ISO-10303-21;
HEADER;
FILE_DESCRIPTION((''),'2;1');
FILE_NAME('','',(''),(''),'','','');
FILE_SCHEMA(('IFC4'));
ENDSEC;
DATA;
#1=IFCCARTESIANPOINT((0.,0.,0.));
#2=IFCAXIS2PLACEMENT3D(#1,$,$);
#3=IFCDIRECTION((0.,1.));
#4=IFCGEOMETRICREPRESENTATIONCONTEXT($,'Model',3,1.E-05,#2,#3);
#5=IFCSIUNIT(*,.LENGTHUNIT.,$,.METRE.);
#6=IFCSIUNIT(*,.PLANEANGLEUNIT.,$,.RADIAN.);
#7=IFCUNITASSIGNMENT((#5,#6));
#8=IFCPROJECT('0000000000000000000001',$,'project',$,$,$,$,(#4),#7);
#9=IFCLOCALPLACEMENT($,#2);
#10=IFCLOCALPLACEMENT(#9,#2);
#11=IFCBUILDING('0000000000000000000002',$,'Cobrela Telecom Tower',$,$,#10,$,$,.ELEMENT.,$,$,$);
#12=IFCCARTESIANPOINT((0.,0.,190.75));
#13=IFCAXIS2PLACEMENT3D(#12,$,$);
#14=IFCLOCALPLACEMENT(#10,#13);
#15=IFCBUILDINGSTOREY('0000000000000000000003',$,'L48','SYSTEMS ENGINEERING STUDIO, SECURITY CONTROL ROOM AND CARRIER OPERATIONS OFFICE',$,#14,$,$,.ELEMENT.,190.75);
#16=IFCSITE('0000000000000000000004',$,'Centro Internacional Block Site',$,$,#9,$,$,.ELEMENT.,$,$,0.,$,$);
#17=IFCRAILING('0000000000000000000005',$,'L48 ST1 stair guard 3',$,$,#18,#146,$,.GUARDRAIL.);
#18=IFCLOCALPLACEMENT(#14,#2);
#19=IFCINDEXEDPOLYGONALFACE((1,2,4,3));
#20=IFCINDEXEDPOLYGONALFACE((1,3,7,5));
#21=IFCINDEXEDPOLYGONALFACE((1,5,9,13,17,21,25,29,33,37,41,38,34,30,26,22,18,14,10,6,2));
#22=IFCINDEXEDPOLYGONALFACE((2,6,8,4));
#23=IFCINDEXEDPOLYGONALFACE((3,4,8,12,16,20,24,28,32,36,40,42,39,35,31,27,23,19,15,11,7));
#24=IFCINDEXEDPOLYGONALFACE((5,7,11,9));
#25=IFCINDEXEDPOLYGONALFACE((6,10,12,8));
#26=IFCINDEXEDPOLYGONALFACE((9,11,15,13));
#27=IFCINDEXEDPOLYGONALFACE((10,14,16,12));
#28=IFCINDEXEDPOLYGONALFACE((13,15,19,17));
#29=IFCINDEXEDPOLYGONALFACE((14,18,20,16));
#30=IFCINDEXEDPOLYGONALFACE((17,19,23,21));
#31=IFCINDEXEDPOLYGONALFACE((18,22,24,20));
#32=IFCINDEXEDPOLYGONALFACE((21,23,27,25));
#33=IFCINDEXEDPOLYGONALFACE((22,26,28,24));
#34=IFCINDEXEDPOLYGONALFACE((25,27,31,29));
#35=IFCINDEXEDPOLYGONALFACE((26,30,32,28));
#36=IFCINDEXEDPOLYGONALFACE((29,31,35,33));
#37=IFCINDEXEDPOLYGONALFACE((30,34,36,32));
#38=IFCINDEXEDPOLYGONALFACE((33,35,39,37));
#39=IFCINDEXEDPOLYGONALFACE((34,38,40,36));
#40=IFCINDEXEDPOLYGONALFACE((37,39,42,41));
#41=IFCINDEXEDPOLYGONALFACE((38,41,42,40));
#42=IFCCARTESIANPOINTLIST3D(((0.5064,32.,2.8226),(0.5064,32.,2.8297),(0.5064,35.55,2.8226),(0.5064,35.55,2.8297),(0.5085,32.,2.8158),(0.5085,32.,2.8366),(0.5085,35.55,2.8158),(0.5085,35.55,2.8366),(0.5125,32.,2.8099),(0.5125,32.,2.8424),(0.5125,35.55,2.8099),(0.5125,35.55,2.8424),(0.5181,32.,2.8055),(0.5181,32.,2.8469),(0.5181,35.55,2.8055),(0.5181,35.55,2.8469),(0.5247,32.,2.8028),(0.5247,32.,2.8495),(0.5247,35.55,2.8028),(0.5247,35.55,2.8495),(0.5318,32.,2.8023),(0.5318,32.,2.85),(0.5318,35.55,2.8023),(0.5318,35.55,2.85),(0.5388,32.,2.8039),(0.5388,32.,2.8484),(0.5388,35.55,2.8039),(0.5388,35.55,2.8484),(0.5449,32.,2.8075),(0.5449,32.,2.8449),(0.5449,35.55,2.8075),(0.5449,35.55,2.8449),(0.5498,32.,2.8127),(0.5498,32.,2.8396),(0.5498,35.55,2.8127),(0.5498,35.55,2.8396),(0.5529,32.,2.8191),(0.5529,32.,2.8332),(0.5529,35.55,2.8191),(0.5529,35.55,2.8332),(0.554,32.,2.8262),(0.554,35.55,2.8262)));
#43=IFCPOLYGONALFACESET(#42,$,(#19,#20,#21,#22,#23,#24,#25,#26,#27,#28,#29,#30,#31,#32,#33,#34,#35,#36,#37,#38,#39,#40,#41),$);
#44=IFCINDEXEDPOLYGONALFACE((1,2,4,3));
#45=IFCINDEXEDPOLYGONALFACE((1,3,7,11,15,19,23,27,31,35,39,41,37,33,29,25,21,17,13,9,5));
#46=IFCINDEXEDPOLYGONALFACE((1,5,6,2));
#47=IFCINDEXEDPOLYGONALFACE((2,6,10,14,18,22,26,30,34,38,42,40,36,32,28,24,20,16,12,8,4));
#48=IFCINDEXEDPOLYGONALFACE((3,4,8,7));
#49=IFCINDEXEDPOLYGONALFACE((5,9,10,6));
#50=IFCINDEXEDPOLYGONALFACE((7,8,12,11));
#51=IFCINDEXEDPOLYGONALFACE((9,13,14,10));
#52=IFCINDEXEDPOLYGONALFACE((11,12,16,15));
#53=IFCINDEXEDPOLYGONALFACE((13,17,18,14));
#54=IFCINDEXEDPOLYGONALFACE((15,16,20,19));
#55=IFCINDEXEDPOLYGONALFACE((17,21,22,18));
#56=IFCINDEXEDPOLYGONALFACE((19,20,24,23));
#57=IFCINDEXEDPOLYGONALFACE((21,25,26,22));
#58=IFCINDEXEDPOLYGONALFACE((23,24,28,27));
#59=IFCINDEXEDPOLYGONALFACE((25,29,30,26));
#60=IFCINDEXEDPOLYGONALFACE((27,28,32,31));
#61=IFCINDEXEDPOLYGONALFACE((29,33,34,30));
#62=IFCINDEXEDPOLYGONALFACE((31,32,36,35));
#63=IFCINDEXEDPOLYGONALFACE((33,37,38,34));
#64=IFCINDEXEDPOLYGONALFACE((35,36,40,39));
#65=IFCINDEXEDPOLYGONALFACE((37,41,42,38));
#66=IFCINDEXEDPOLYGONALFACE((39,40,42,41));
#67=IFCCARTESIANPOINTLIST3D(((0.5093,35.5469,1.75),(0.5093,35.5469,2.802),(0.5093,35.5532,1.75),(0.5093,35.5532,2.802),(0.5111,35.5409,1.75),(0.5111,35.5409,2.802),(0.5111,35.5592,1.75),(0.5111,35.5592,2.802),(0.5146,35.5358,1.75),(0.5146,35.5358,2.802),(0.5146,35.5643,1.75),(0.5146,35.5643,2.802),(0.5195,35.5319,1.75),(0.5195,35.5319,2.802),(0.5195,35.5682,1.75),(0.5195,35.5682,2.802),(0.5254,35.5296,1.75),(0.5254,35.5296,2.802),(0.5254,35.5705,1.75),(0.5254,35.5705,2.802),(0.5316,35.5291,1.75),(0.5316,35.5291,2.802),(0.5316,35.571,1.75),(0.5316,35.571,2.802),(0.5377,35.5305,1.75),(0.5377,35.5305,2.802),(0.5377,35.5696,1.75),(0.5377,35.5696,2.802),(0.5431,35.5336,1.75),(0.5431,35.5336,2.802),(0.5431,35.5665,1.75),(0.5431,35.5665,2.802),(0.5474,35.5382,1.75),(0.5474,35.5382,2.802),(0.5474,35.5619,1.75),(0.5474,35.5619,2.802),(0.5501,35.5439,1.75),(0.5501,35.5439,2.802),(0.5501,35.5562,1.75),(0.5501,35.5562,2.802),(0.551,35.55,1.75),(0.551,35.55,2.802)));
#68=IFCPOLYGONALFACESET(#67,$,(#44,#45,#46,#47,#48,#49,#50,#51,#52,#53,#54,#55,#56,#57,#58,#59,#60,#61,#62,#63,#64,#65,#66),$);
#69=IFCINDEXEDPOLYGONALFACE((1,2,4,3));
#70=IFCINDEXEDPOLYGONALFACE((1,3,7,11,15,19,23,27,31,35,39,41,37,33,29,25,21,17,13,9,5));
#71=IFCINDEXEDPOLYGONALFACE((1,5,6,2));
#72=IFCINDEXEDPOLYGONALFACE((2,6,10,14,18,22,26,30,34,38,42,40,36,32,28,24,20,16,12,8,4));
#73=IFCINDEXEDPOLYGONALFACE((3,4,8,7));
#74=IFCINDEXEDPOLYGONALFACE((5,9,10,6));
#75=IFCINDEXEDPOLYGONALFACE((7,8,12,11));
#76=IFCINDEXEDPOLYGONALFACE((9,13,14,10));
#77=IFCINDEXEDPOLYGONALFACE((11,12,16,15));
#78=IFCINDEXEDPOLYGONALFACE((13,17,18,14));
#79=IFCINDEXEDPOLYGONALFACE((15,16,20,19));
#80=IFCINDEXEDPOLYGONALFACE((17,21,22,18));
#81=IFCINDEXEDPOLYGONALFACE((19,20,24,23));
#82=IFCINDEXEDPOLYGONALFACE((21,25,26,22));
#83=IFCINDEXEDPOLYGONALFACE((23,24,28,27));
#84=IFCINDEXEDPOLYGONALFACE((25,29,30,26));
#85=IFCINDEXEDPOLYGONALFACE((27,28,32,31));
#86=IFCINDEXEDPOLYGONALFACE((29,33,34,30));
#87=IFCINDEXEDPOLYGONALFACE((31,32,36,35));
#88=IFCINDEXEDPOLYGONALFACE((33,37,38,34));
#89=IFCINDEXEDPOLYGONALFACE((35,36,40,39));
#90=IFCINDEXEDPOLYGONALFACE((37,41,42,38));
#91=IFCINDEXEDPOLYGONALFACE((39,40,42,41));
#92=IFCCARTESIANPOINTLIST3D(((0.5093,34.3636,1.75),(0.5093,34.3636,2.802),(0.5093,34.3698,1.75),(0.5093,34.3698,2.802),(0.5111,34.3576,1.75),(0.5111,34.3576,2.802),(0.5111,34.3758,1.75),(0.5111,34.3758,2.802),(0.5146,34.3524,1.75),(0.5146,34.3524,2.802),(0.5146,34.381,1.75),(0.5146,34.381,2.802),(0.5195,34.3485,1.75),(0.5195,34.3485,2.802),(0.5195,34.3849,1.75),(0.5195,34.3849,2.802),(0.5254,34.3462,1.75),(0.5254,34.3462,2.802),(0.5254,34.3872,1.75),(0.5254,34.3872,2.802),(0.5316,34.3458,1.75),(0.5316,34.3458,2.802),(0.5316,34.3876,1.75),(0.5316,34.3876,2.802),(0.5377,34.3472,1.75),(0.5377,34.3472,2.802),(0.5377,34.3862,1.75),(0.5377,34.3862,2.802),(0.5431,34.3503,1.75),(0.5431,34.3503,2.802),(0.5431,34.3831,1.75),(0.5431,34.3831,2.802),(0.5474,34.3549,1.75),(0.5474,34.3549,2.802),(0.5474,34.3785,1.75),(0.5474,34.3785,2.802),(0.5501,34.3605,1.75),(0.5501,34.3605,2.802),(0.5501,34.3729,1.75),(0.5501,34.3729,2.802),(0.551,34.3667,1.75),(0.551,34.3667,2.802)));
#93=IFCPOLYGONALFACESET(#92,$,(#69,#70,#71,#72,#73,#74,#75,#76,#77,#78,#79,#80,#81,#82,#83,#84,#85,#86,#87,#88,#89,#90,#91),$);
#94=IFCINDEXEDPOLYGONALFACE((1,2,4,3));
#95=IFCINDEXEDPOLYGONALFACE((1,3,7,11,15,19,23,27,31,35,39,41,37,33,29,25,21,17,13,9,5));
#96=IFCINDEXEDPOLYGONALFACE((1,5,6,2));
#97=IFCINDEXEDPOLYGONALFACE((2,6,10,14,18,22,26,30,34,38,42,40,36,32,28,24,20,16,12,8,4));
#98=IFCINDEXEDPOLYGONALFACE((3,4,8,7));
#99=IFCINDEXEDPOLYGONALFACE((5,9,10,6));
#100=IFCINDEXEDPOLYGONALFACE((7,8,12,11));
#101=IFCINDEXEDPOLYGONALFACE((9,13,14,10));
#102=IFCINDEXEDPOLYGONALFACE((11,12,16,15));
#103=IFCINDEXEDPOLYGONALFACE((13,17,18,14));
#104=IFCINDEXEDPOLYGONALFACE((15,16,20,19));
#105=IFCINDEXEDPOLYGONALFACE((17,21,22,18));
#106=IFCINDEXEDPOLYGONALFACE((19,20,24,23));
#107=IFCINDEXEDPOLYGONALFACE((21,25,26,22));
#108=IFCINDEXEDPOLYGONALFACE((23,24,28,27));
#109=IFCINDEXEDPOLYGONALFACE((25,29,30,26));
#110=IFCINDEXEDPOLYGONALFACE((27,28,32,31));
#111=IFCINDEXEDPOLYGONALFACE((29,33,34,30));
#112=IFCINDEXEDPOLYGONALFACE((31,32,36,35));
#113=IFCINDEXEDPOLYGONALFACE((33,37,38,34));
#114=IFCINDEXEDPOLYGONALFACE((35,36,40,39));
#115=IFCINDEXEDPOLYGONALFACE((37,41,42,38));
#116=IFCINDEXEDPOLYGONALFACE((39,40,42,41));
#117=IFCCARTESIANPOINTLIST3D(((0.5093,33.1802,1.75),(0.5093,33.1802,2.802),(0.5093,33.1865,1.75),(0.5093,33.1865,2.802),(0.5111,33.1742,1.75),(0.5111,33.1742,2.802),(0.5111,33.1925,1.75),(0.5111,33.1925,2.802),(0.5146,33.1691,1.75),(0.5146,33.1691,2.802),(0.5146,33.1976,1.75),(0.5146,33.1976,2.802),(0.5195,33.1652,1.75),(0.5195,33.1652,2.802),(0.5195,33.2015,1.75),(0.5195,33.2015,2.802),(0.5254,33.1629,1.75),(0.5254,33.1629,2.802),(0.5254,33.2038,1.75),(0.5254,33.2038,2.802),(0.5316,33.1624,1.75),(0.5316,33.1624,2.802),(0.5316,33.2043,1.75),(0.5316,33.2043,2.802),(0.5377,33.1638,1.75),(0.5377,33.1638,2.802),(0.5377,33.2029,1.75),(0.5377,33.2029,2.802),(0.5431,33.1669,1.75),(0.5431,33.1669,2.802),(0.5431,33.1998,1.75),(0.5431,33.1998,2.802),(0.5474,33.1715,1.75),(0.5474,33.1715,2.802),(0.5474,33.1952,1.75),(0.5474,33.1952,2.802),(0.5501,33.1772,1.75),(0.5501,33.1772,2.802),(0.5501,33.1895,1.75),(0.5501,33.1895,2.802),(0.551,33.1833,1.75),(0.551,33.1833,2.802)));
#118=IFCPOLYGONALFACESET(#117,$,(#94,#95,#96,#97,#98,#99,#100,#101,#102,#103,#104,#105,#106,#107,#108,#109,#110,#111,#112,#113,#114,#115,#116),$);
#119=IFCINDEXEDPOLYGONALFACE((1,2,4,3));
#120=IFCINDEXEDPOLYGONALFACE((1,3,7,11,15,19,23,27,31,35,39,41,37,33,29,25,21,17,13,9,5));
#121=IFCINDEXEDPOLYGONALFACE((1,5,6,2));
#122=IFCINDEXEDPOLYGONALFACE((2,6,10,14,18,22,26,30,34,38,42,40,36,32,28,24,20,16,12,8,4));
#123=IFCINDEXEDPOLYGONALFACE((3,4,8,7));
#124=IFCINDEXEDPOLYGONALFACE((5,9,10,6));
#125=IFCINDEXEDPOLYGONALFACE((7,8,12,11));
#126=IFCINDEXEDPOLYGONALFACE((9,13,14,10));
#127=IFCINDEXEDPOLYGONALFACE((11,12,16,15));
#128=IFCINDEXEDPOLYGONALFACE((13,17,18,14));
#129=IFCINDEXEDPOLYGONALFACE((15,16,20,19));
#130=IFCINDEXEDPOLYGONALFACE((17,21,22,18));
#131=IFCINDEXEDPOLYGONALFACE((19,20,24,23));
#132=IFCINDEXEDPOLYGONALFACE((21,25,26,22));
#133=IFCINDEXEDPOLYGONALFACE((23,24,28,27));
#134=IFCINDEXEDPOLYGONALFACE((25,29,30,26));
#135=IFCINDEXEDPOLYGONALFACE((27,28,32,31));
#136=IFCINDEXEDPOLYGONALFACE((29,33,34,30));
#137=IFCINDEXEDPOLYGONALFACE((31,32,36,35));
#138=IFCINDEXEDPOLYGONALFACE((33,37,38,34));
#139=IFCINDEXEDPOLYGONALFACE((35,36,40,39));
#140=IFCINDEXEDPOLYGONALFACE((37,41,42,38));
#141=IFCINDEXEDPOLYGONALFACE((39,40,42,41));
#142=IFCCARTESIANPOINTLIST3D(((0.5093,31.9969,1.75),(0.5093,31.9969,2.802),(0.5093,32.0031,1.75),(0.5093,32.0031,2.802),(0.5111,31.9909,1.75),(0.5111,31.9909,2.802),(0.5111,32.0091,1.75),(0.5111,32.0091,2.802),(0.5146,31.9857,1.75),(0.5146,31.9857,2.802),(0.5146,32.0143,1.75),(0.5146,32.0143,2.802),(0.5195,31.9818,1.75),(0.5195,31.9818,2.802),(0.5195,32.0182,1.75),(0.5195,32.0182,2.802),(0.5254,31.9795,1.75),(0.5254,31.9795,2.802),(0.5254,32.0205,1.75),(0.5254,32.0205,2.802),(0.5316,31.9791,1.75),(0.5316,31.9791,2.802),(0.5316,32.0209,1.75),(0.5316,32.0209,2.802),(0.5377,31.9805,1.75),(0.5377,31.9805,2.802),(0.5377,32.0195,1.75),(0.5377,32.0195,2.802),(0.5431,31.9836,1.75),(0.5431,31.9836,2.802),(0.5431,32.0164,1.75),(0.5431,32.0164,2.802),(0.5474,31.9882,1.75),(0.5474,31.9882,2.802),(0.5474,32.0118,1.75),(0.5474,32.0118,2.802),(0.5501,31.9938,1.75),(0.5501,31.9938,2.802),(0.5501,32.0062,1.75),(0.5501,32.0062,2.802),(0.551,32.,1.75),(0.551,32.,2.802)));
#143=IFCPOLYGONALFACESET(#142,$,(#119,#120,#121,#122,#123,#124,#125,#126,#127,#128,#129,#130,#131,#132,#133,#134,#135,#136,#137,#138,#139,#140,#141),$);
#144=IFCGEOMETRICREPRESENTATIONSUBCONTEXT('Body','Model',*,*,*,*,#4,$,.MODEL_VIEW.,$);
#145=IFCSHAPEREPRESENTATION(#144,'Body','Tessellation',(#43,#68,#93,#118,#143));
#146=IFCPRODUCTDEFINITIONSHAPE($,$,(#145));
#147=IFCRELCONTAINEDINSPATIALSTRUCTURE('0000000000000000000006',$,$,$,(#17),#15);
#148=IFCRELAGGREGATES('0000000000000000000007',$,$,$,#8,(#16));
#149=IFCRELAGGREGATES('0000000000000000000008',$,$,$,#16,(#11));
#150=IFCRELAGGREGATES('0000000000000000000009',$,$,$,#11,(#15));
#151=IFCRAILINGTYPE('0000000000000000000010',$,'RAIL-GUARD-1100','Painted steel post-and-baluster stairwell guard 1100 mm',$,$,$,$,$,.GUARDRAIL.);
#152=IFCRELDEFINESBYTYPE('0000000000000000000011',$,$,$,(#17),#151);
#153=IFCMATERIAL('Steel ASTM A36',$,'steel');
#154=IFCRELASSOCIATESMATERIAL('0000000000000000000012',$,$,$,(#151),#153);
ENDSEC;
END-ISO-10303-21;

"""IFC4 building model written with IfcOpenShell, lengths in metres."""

from ifc_helpers import new_model, si_unit, direction, frame, origin, origin_2d, place, context, subcontext, project, spatial, circle, extrude, material, type_object, element, save


model = new_model("IFC4")

# Units and contexts
model_context = context("Model", 3, precision=1e-05, world=origin(), true_north=direction((0.0, 1.0)))
body_context = subcontext(model_context, "Body", "Model", "MODEL_VIEW")
ifc_project = project(units=[si_unit("LENGTHUNIT", "METRE"), si_unit("PLANEANGLEUNIT", "RADIAN")], contexts=[model_context])

# Site, building, storey
site_placement = place(None, origin())
site = spatial("IfcSite", under=ifc_project, at=site_placement, Name="Centro Internacional Block Site", CompositionType="ELEMENT", RefElevation=0.0)
building_placement = place(site_placement, origin())
building = spatial("IfcBuilding", under=site, at=building_placement, Name="Cobrela Telecom Tower", CompositionType="ELEMENT")
storey_placement = place(building_placement, frame((0.0, 0.0, 190.75)))
storey = spatial("IfcBuildingStorey", under=building, at=storey_placement, Name="L48", Description="SYSTEMS ENGINEERING STUDIO, SECURITY CONTROL ROOM AND CARRIER OPERATIONS OFFICE", CompositionType="ELEMENT", Elevation=190.75)

# Shared definitions
ifc_material_1 = material(Name="Steel ASTM A36", Category="steel")

# Railing
railing_type_1 = type_object("IfcRailingType", Name="RAIL-GUARD-1100", Description="Painted steel post-and-baluster stairwell guard 1100 mm", PredefinedType="GUARDRAIL", material=ifc_material_1)
railing_1_placement = place(storey_placement, frame((0.53, 35.55, 1.75)))
element("IfcRailing", 1, at=railing_1_placement, inside=storey, type_object=railing_type_1, Name="L48 ST1 stair guard 3", PredefinedType="GUARDRAIL", context=body_context, shape_type="SweptSolid", body=[
    extrude(circle(Radius=0.0239, at=origin_2d()), frame((0.0, 0.0, 1.0762), z_axis=(0.0, -1.0, 0.0), x_axis=(1.0, 0.0, 0.0)), (0.0, 0.0, 1.0), 3.55),
    extrude(circle(Radius=0.021, at=origin_2d()), origin(), (0.0, 0.0, 1.0), 1.052),
    extrude(circle(Radius=0.021, at=origin_2d()), frame((0.0, -1.1833, 0.0)), (0.0, 0.0, 1.0), 1.052),
    extrude(circle(Radius=0.021, at=origin_2d()), frame((0.0, -2.3667, 0.0)), (0.0, 0.0, 1.0), 1.052),
    extrude(circle(Radius=0.021, at=origin_2d()), frame((0.0, -3.55, 0.0)), (0.0, 0.0, 1.0), 1.052),
])

save(model, "model.ifc")
